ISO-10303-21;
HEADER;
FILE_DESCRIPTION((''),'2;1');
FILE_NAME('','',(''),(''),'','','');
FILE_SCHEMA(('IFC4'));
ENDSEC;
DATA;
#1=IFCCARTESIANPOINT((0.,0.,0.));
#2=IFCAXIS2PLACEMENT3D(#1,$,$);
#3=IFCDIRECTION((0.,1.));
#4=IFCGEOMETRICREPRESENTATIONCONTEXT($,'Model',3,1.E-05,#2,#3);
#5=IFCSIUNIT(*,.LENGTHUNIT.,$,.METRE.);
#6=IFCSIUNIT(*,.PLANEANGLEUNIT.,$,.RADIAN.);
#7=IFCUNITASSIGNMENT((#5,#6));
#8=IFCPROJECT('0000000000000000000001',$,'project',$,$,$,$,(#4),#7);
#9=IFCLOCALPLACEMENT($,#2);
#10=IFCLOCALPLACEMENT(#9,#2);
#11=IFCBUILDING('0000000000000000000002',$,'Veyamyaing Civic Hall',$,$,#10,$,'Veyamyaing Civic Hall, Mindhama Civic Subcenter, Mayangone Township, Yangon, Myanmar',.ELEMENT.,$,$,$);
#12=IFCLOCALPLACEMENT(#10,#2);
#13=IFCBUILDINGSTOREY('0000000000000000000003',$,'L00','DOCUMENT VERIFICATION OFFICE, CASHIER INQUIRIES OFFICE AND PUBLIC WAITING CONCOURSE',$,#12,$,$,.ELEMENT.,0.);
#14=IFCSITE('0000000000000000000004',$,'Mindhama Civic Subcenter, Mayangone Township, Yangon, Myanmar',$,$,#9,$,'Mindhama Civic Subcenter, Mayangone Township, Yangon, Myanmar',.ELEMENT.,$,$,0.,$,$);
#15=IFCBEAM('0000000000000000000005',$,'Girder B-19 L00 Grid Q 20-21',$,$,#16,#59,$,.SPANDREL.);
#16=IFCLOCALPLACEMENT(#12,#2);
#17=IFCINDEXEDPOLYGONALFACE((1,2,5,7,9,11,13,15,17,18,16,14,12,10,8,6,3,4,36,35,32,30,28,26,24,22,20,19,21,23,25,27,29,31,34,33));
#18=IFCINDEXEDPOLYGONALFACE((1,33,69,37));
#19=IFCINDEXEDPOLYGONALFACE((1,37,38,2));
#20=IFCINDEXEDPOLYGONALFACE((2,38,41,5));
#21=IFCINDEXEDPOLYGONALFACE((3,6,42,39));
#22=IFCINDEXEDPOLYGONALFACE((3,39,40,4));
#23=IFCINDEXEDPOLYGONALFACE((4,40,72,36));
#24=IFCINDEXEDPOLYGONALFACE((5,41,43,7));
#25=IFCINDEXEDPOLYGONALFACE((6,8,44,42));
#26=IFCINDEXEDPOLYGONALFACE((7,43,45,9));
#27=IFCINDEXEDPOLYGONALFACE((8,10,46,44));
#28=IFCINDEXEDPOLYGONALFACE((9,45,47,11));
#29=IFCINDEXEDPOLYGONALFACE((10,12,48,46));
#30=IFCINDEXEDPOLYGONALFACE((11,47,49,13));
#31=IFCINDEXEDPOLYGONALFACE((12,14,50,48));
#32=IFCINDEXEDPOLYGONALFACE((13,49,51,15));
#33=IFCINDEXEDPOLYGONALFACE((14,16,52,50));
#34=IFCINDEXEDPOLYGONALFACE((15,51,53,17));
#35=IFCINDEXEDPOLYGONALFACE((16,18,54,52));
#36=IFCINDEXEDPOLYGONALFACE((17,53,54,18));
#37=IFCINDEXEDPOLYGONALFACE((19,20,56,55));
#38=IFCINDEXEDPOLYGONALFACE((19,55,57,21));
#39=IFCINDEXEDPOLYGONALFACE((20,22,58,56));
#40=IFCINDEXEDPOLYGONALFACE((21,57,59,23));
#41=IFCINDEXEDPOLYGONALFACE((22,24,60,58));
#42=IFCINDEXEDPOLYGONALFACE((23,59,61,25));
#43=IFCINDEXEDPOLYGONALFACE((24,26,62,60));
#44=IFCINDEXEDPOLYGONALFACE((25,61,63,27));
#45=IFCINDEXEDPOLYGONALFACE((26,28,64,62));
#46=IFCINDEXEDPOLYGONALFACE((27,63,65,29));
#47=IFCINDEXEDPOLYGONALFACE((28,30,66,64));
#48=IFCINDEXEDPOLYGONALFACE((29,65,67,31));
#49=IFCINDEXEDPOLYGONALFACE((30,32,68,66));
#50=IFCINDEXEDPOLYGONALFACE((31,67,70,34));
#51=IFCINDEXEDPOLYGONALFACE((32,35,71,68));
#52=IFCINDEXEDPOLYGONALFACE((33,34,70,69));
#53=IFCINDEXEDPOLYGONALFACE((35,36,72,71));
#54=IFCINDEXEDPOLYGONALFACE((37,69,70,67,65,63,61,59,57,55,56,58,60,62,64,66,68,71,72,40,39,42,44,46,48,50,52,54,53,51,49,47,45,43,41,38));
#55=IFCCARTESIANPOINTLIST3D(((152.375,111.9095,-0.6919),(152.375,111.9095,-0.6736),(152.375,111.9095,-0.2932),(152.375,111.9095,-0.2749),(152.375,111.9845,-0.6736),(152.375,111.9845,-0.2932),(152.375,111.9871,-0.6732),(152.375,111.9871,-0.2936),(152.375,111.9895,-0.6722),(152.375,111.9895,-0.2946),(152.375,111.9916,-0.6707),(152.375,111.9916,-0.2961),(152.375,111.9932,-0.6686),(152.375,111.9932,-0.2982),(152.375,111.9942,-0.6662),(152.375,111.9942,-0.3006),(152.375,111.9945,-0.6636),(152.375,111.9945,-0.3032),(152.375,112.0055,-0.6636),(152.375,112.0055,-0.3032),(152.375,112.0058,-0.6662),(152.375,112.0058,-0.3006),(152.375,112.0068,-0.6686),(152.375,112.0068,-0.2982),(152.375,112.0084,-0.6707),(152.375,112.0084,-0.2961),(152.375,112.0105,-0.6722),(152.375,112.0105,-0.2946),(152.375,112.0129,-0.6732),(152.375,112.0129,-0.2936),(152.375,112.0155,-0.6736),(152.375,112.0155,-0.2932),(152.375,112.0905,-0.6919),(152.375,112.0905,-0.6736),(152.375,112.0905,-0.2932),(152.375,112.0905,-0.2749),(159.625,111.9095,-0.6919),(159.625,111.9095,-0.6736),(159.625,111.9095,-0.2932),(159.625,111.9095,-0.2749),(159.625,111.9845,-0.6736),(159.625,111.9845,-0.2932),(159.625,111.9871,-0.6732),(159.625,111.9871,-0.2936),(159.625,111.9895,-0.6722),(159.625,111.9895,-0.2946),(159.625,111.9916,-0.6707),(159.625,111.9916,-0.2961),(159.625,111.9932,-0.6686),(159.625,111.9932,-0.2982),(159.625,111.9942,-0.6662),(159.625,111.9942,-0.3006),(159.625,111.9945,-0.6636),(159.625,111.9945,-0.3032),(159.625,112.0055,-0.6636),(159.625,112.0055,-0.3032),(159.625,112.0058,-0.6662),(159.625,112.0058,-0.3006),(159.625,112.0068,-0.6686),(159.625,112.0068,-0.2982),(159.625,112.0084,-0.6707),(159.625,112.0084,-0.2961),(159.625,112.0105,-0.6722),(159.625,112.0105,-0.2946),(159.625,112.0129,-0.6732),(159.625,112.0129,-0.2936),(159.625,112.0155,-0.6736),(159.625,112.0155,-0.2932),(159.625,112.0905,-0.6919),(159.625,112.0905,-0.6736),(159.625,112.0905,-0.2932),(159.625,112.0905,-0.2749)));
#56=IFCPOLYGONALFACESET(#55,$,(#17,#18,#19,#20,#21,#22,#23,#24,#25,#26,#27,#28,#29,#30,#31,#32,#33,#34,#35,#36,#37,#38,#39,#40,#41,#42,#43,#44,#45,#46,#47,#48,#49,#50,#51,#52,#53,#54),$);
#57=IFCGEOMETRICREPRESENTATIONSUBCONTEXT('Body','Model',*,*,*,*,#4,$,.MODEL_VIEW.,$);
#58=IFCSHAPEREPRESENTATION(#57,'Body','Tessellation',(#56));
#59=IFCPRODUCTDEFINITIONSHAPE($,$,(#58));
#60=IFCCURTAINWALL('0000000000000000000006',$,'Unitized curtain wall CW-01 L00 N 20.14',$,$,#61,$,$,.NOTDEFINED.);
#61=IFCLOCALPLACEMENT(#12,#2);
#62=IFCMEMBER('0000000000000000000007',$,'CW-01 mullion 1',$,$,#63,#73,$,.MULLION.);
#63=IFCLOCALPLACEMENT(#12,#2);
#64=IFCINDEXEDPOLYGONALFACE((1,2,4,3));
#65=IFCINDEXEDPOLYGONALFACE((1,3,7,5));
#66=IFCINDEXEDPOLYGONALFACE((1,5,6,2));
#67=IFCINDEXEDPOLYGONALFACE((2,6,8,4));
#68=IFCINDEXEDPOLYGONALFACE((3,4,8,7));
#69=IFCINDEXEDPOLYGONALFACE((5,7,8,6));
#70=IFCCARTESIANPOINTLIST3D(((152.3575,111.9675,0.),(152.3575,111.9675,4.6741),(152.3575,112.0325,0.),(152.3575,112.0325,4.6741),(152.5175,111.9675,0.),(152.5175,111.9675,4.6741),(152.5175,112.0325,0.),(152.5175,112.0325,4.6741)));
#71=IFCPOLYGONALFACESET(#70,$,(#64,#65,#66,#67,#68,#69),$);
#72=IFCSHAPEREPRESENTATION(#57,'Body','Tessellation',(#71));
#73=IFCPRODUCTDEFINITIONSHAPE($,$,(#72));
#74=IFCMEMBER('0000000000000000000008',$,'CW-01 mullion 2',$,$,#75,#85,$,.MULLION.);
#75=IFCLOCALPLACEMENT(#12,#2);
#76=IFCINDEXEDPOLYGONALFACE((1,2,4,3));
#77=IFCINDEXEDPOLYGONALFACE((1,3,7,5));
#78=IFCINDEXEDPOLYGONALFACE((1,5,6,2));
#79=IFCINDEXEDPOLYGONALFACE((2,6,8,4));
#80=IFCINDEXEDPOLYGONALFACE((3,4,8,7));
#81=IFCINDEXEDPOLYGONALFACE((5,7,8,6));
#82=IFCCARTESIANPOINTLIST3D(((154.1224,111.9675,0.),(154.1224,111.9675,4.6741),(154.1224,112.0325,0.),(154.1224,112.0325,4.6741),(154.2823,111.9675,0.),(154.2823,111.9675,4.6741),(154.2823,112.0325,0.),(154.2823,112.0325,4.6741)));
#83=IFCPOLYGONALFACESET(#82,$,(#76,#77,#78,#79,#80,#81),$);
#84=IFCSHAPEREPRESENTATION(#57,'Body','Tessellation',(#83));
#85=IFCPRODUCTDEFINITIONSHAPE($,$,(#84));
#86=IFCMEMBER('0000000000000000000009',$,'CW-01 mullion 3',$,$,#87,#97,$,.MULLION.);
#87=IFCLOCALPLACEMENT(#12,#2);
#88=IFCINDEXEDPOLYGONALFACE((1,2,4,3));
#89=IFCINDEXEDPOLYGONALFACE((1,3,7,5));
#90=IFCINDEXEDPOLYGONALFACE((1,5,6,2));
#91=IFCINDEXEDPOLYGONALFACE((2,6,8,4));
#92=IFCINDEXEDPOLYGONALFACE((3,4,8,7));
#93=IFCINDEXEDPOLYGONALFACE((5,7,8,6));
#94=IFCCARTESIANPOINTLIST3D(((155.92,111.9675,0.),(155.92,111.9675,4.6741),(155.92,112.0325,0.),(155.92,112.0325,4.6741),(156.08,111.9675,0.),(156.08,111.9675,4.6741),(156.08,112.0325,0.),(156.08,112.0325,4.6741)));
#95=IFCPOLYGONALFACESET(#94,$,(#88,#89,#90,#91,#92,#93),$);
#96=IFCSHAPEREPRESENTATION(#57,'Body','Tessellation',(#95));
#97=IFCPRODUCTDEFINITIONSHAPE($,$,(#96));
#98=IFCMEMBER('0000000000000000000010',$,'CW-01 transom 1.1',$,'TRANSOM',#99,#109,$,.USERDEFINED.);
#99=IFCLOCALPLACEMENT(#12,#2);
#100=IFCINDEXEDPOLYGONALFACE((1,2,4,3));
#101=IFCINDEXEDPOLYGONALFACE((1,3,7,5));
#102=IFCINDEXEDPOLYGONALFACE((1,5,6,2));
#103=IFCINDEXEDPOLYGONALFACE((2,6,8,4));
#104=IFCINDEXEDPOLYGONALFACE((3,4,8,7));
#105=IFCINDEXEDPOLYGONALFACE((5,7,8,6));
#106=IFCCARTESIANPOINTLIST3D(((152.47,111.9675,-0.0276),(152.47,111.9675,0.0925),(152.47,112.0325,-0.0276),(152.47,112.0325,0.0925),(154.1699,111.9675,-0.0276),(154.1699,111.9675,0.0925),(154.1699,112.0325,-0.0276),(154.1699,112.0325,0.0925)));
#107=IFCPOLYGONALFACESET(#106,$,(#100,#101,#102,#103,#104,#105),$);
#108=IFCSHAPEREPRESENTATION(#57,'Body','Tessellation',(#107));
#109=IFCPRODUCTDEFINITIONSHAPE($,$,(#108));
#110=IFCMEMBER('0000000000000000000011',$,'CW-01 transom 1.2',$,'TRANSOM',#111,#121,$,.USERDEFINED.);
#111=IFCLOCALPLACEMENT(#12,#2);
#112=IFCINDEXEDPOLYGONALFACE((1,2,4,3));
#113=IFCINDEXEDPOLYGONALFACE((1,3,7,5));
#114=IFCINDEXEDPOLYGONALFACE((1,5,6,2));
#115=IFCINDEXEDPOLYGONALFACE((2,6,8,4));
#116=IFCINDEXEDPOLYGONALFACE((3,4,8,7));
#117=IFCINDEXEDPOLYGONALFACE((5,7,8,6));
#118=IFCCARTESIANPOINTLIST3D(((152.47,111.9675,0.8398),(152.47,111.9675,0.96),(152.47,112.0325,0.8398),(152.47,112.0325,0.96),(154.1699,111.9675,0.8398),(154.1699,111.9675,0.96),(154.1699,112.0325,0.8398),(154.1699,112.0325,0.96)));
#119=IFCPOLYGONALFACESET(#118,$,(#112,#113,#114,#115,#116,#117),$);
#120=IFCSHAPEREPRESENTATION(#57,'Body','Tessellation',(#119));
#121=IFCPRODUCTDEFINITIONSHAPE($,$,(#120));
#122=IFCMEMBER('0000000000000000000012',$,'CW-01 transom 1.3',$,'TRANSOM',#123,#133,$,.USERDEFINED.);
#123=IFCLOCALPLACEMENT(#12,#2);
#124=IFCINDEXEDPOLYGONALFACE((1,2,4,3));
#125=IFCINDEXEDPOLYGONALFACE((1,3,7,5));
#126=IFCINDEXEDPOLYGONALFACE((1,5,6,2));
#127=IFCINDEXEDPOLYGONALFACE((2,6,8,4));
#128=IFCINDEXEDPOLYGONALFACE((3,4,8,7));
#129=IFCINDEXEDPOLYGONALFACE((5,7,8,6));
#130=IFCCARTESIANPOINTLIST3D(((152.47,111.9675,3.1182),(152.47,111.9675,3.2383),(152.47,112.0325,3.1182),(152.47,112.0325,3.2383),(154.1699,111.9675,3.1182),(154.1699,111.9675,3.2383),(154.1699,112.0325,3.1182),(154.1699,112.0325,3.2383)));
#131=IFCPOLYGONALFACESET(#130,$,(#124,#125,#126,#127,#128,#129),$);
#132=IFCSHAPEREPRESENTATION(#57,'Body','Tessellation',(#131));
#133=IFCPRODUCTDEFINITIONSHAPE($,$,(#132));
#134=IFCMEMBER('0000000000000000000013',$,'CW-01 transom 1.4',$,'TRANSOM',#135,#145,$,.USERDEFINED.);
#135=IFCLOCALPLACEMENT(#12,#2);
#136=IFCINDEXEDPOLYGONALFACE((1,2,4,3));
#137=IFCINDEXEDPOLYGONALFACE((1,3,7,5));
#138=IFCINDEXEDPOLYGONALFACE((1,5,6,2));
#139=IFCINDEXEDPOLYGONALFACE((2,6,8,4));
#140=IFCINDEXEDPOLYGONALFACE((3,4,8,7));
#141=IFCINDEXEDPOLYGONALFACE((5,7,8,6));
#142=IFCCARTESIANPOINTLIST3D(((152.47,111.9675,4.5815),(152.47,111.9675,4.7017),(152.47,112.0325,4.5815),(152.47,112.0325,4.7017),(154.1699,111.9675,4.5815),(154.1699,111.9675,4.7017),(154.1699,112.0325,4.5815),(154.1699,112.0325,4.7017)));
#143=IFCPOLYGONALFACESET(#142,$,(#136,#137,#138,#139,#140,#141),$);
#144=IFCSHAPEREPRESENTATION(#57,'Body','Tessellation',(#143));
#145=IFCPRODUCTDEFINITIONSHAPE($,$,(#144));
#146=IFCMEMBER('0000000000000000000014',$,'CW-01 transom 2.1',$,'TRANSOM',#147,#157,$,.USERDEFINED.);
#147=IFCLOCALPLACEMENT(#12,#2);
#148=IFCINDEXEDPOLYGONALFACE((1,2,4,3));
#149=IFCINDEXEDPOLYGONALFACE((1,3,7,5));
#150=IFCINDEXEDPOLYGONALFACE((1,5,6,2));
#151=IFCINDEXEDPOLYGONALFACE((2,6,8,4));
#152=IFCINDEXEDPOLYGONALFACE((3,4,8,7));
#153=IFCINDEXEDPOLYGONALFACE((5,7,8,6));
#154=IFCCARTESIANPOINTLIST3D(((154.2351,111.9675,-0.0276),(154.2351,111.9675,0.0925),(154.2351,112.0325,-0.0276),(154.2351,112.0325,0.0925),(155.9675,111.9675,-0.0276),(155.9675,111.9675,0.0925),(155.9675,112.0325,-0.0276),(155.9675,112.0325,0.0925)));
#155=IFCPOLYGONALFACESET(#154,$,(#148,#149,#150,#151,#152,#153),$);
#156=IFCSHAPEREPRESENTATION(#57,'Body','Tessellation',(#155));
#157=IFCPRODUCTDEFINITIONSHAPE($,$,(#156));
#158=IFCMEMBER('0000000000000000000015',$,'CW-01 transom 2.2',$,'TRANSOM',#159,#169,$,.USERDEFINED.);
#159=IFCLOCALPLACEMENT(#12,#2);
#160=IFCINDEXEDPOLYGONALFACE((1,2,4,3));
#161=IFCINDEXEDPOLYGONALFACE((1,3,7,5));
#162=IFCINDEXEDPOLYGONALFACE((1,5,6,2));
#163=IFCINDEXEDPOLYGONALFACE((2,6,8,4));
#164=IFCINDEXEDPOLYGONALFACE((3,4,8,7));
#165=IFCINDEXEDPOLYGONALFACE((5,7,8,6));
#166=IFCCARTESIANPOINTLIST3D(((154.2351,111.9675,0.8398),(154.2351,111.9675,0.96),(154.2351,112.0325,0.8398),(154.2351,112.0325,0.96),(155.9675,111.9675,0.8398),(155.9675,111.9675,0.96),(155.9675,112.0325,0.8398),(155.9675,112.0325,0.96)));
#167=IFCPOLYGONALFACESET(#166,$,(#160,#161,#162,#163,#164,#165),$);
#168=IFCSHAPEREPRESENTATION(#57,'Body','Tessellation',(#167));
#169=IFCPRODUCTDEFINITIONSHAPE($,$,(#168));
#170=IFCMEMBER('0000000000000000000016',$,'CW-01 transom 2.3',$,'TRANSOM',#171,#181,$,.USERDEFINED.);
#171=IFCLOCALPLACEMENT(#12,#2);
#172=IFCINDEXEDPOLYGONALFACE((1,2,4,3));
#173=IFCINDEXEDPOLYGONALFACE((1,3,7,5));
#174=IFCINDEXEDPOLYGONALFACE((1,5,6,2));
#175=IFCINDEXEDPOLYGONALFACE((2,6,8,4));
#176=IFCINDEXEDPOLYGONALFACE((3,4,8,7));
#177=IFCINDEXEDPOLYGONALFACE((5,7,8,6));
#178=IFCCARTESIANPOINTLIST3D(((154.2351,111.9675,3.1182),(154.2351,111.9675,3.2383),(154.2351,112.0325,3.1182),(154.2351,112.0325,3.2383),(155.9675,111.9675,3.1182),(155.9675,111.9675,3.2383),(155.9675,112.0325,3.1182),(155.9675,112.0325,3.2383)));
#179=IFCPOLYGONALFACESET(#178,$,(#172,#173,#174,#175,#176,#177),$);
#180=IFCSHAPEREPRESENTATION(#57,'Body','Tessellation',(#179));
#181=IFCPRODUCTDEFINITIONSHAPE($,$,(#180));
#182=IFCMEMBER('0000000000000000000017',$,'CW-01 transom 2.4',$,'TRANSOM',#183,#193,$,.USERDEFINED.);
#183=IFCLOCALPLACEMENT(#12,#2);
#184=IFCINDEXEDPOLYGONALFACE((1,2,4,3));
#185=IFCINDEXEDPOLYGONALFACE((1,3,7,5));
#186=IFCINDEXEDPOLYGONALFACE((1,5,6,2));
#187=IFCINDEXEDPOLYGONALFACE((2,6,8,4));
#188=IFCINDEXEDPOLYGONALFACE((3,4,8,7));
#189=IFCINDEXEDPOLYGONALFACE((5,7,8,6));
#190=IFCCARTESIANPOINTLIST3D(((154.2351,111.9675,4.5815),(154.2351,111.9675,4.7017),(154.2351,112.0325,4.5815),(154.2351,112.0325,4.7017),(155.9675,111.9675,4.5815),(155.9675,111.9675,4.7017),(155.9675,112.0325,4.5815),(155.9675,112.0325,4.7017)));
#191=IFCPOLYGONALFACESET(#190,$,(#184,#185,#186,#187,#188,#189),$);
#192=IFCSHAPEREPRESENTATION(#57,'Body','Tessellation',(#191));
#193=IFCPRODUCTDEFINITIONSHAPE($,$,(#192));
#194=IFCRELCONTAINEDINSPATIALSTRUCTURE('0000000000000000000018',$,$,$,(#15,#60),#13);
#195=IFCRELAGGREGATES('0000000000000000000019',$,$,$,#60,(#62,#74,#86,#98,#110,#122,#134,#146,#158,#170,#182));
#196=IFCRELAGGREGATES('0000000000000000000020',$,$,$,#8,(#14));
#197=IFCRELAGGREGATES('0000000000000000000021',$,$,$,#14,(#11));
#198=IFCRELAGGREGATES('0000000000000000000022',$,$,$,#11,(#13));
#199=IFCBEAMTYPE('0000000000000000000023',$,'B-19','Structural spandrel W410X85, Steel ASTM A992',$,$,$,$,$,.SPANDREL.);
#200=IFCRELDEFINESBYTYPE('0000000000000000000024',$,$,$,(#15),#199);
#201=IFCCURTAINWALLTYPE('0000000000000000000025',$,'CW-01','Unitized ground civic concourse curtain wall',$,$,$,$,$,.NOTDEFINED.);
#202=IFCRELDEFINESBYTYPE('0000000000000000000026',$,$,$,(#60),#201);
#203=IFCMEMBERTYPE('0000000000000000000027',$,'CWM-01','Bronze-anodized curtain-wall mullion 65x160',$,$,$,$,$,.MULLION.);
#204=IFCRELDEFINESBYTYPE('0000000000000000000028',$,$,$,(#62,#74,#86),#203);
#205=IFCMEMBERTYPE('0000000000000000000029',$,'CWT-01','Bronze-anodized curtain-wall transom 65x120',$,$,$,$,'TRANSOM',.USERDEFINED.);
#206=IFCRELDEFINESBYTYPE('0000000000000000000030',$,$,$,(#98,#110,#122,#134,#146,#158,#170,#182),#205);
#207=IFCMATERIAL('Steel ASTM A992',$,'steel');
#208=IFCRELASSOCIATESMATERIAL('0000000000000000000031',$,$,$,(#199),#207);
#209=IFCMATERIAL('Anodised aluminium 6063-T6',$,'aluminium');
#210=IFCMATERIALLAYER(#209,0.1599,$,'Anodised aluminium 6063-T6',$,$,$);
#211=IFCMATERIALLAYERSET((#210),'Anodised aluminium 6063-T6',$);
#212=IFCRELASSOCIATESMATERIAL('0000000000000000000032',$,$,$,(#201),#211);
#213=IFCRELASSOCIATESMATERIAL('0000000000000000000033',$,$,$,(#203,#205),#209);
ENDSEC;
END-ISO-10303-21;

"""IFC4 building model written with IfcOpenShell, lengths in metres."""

from ifc_helpers import new_model, si_unit, direction, frame, origin, origin_2d, place, context, subcontext, project, spatial, rectangle, i_section, extrude, material, layer, layer_set, material_profile, profile_set, type_object, element, aggregate, save


model = new_model("IFC4")

# Units and contexts
model_context = context("Model", 3, precision=1e-05, world=origin(), true_north=direction((0.0, 1.0)))
body_context = subcontext(model_context, "Body", "Model", "MODEL_VIEW")
ifc_project = project(units=[si_unit("LENGTHUNIT", "METRE"), si_unit("PLANEANGLEUNIT", "RADIAN")], contexts=[model_context])

# Site, building, storey
site_placement = place(None, origin())
site = spatial("IfcSite", under=ifc_project, at=site_placement, Name="Mindhama Civic Subcenter, Mayangone Township, Yangon, Myanmar", LongName="Mindhama Civic Subcenter, Mayangone Township, Yangon, Myanmar", CompositionType="ELEMENT", RefElevation=0.0)
building_placement = place(site_placement, origin())
building = spatial("IfcBuilding", under=site, at=building_placement, Name="Veyamyaing Civic Hall", LongName="Veyamyaing Civic Hall, Mindhama Civic Subcenter, Mayangone Township, Yangon, Myanmar", CompositionType="ELEMENT")
storey_placement = place(building_placement, origin())
storey = spatial("IfcBuildingStorey", under=building, at=storey_placement, Name="L00", Description="DOCUMENT VERIFICATION OFFICE, CASHIER INQUIRIES OFFICE AND PUBLIC WAITING CONCOURSE", CompositionType="ELEMENT", Elevation=0.0)

# Beam
ifc_material_1 = material(Name="Steel ASTM A992", Category="steel")
ifc_material_profile_1 = material_profile(ifc_material_1, i_section(OverallWidth=0.1809, OverallDepth=0.417, WebThickness=0.011, FlangeThickness=0.0183, FilletRadius=0.01, at=origin_2d()), Name="W410X85")
ifc_profile_set_1 = profile_set([ifc_material_profile_1], Name="Steel ASTM A992")
beam_type_1 = type_object("IfcBeamType", Name="B-19", Description="Structural spandrel W410X85, Steel ASTM A992", PredefinedType="SPANDREL", material=ifc_profile_set_1)
beam_1_placement = place(storey_placement, frame((152.375, 112.0, -0.4834), z_axis=(1.0, 0.0, 0.0), x_axis=(0.0, 1.0, 0.0)))
element("IfcBeam", 1, at=beam_1_placement, inside=storey, type_object=beam_type_1, Name="Girder B-19 L00 Grid Q 20-21", PredefinedType="SPANDREL", context=body_context, shape_type="SweptSolid", body=[
    extrude(i_section(OverallWidth=0.1809, OverallDepth=0.417, WebThickness=0.011, FlangeThickness=0.0183, FilletRadius=0.01, at=origin_2d()), origin(), (0.0, 0.0, 1.0), 7.25),
])

# Curtain wall, members
ifc_material_2 = material(Name="Anodised aluminium 6063-T6", Category="aluminium")
ifc_layer_1 = layer(ifc_material_2, 0.1599, Name="Anodised aluminium 6063-T6")
ifc_layer_set_1 = layer_set([ifc_layer_1], Name="Anodised aluminium 6063-T6")
curtain_wall_type = type_object("IfcCurtainWallType", Name="CW-01", Description="Unitized ground civic concourse curtain wall", PredefinedType="NOTDEFINED", material=ifc_layer_set_1)
curtain_wall_placement = place(storey_placement, origin())
curtain_wall = element("IfcCurtainWall", 2, at=curtain_wall_placement, inside=storey, type_object=curtain_wall_type, Name="Unitized curtain wall CW-01 L00 N 20.14", PredefinedType="NOTDEFINED")
ifc_material_profile_2 = material_profile(ifc_material_2, rectangle(XDim=0.0649, YDim=0.1599, at=origin_2d()), Name="ALU-MUL-65X160")
ifc_profile_set_2 = profile_set([ifc_material_profile_2], Name="Anodised aluminium 6063-T6")
member_type_1 = type_object("IfcMemberType", Name="CWM-01", Description="Bronze-anodized curtain-wall mullion 65x160", PredefinedType="MULLION", material=ifc_profile_set_2)
member_1_placement = place(storey_placement, frame((152.4375, 112.0, 0.0), z_axis=(0.0, 0.0, 1.0), x_axis=(0.0, 1.0, 0.0)))
member_1 = element("IfcMember", 3, at=member_1_placement, type_object=member_type_1, Name="CW-01 mullion 1", PredefinedType="MULLION", context=body_context, shape_type="SweptSolid", body=[
    extrude(rectangle(XDim=0.0649, YDim=0.1599, at=origin_2d()), origin(), (0.0, 0.0, 1.0), 4.6741),
])
member_2_placement = place(storey_placement, frame((154.2024, 112.0, 0.0), z_axis=(0.0, 0.0, 1.0), x_axis=(0.0, 1.0, 0.0)))
member_2 = element("IfcMember", 4, at=member_2_placement, type_object=member_type_1, Name="CW-01 mullion 2", PredefinedType="MULLION", context=body_context, shape_type="SweptSolid", body=[
    extrude(rectangle(XDim=0.0649, YDim=0.1599, at=origin_2d()), origin(), (0.0, 0.0, 1.0), 4.6741),
])
member_3_placement = place(storey_placement, frame((156.0, 112.0, 0.0), z_axis=(0.0, 0.0, 1.0), x_axis=(0.0, 1.0, 0.0)))
member_3 = element("IfcMember", 5, at=member_3_placement, type_object=member_type_1, Name="CW-01 mullion 3", PredefinedType="MULLION", context=body_context, shape_type="SweptSolid", body=[
    extrude(rectangle(XDim=0.0649, YDim=0.1599, at=origin_2d()), origin(), (0.0, 0.0, 1.0), 4.6741),
])
ifc_material_profile_3 = material_profile(ifc_material_2, rectangle(XDim=0.0649, YDim=0.1201, at=origin_2d()), Name="ALU-TRN-65X120")
ifc_profile_set_3 = profile_set([ifc_material_profile_3], Name="Anodised aluminium 6063-T6")
member_type_2 = type_object("IfcMemberType", Name="CWT-01", Description="Bronze-anodized curtain-wall transom 65x120", ElementType="TRANSOM", PredefinedType="USERDEFINED", material=ifc_profile_set_3)
member_4_placement = place(storey_placement, frame((152.47, 112.0, 0.0325), z_axis=(1.0, 0.0, 0.0), x_axis=(0.0, 1.0, 0.0)))
member_4 = element("IfcMember", 6, at=member_4_placement, type_object=member_type_2, Name="CW-01 transom 1.1", ObjectType="TRANSOM", PredefinedType="USERDEFINED", context=body_context, shape_type="SweptSolid", body=[
    extrude(rectangle(XDim=0.0649, YDim=0.1201, at=origin_2d()), origin(), (0.0, 0.0, 1.0), 1.7),
])
member_5_placement = place(storey_placement, frame((152.47, 112.0, 0.8999), z_axis=(1.0, 0.0, 0.0), x_axis=(0.0, 1.0, 0.0)))
member_5 = element("IfcMember", 7, at=member_5_placement, type_object=member_type_2, Name="CW-01 transom 1.2", ObjectType="TRANSOM", PredefinedType="USERDEFINED", context=body_context, shape_type="SweptSolid", body=[
    extrude(rectangle(XDim=0.0649, YDim=0.1201, at=origin_2d()), origin(), (0.0, 0.0, 1.0), 1.7),
])
member_6_placement = place(storey_placement, frame((152.47, 112.0, 3.1782), z_axis=(1.0, 0.0, 0.0), x_axis=(0.0, 1.0, 0.0)))
member_6 = element("IfcMember", 8, at=member_6_placement, type_object=member_type_2, Name="CW-01 transom 1.3", ObjectType="TRANSOM", PredefinedType="USERDEFINED", context=body_context, shape_type="SweptSolid", body=[
    extrude(rectangle(XDim=0.0649, YDim=0.1201, at=origin_2d()), origin(), (0.0, 0.0, 1.0), 1.7),
])
member_7_placement = place(storey_placement, frame((152.47, 112.0, 4.6416), z_axis=(1.0, 0.0, 0.0), x_axis=(0.0, 1.0, 0.0)))
member_7 = element("IfcMember", 9, at=member_7_placement, type_object=member_type_2, Name="CW-01 transom 1.4", ObjectType="TRANSOM", PredefinedType="USERDEFINED", context=body_context, shape_type="SweptSolid", body=[
    extrude(rectangle(XDim=0.0649, YDim=0.1201, at=origin_2d()), origin(), (0.0, 0.0, 1.0), 1.7),
])
member_8_placement = place(storey_placement, frame((154.2351, 112.0, 0.0325), z_axis=(1.0, 0.0, 0.0), x_axis=(0.0, 1.0, 0.0)))
member_8 = element("IfcMember", 10, at=member_8_placement, type_object=member_type_2, Name="CW-01 transom 2.1", ObjectType="TRANSOM", PredefinedType="USERDEFINED", context=body_context, shape_type="SweptSolid", body=[
    extrude(rectangle(XDim=0.0649, YDim=0.1201, at=origin_2d()), origin(), (0.0, 0.0, 1.0), 1.7324),
])
member_9_placement = place(storey_placement, frame((154.2351, 112.0, 0.8999), z_axis=(1.0, 0.0, 0.0), x_axis=(0.0, 1.0, 0.0)))
member_9 = element("IfcMember", 11, at=member_9_placement, type_object=member_type_2, Name="CW-01 transom 2.2", ObjectType="TRANSOM", PredefinedType="USERDEFINED", context=body_context, shape_type="SweptSolid", body=[
    extrude(rectangle(XDim=0.0649, YDim=0.1201, at=origin_2d()), origin(), (0.0, 0.0, 1.0), 1.7324),
])
member_10_placement = place(storey_placement, frame((154.2351, 112.0, 3.1782), z_axis=(1.0, 0.0, 0.0), x_axis=(0.0, 1.0, 0.0)))
member_10 = element("IfcMember", 12, at=member_10_placement, type_object=member_type_2, Name="CW-01 transom 2.3", ObjectType="TRANSOM", PredefinedType="USERDEFINED", context=body_context, shape_type="SweptSolid", body=[
    extrude(rectangle(XDim=0.0649, YDim=0.1201, at=origin_2d()), origin(), (0.0, 0.0, 1.0), 1.7324),
])
member_11_placement = place(storey_placement, frame((154.2351, 112.0, 4.6416), z_axis=(1.0, 0.0, 0.0), x_axis=(0.0, 1.0, 0.0)))
member_11 = element("IfcMember", 13, at=member_11_placement, type_object=member_type_2, Name="CW-01 transom 2.4", ObjectType="TRANSOM", PredefinedType="USERDEFINED", context=body_context, shape_type="SweptSolid", body=[
    extrude(rectangle(XDim=0.0649, YDim=0.1201, at=origin_2d()), origin(), (0.0, 0.0, 1.0), 1.7324),
])

aggregate(curtain_wall, [member_1, member_2, member_3, member_4, member_5, member_6, member_7, member_8, member_9, member_10, member_11])

save(model, "model.ifc")
